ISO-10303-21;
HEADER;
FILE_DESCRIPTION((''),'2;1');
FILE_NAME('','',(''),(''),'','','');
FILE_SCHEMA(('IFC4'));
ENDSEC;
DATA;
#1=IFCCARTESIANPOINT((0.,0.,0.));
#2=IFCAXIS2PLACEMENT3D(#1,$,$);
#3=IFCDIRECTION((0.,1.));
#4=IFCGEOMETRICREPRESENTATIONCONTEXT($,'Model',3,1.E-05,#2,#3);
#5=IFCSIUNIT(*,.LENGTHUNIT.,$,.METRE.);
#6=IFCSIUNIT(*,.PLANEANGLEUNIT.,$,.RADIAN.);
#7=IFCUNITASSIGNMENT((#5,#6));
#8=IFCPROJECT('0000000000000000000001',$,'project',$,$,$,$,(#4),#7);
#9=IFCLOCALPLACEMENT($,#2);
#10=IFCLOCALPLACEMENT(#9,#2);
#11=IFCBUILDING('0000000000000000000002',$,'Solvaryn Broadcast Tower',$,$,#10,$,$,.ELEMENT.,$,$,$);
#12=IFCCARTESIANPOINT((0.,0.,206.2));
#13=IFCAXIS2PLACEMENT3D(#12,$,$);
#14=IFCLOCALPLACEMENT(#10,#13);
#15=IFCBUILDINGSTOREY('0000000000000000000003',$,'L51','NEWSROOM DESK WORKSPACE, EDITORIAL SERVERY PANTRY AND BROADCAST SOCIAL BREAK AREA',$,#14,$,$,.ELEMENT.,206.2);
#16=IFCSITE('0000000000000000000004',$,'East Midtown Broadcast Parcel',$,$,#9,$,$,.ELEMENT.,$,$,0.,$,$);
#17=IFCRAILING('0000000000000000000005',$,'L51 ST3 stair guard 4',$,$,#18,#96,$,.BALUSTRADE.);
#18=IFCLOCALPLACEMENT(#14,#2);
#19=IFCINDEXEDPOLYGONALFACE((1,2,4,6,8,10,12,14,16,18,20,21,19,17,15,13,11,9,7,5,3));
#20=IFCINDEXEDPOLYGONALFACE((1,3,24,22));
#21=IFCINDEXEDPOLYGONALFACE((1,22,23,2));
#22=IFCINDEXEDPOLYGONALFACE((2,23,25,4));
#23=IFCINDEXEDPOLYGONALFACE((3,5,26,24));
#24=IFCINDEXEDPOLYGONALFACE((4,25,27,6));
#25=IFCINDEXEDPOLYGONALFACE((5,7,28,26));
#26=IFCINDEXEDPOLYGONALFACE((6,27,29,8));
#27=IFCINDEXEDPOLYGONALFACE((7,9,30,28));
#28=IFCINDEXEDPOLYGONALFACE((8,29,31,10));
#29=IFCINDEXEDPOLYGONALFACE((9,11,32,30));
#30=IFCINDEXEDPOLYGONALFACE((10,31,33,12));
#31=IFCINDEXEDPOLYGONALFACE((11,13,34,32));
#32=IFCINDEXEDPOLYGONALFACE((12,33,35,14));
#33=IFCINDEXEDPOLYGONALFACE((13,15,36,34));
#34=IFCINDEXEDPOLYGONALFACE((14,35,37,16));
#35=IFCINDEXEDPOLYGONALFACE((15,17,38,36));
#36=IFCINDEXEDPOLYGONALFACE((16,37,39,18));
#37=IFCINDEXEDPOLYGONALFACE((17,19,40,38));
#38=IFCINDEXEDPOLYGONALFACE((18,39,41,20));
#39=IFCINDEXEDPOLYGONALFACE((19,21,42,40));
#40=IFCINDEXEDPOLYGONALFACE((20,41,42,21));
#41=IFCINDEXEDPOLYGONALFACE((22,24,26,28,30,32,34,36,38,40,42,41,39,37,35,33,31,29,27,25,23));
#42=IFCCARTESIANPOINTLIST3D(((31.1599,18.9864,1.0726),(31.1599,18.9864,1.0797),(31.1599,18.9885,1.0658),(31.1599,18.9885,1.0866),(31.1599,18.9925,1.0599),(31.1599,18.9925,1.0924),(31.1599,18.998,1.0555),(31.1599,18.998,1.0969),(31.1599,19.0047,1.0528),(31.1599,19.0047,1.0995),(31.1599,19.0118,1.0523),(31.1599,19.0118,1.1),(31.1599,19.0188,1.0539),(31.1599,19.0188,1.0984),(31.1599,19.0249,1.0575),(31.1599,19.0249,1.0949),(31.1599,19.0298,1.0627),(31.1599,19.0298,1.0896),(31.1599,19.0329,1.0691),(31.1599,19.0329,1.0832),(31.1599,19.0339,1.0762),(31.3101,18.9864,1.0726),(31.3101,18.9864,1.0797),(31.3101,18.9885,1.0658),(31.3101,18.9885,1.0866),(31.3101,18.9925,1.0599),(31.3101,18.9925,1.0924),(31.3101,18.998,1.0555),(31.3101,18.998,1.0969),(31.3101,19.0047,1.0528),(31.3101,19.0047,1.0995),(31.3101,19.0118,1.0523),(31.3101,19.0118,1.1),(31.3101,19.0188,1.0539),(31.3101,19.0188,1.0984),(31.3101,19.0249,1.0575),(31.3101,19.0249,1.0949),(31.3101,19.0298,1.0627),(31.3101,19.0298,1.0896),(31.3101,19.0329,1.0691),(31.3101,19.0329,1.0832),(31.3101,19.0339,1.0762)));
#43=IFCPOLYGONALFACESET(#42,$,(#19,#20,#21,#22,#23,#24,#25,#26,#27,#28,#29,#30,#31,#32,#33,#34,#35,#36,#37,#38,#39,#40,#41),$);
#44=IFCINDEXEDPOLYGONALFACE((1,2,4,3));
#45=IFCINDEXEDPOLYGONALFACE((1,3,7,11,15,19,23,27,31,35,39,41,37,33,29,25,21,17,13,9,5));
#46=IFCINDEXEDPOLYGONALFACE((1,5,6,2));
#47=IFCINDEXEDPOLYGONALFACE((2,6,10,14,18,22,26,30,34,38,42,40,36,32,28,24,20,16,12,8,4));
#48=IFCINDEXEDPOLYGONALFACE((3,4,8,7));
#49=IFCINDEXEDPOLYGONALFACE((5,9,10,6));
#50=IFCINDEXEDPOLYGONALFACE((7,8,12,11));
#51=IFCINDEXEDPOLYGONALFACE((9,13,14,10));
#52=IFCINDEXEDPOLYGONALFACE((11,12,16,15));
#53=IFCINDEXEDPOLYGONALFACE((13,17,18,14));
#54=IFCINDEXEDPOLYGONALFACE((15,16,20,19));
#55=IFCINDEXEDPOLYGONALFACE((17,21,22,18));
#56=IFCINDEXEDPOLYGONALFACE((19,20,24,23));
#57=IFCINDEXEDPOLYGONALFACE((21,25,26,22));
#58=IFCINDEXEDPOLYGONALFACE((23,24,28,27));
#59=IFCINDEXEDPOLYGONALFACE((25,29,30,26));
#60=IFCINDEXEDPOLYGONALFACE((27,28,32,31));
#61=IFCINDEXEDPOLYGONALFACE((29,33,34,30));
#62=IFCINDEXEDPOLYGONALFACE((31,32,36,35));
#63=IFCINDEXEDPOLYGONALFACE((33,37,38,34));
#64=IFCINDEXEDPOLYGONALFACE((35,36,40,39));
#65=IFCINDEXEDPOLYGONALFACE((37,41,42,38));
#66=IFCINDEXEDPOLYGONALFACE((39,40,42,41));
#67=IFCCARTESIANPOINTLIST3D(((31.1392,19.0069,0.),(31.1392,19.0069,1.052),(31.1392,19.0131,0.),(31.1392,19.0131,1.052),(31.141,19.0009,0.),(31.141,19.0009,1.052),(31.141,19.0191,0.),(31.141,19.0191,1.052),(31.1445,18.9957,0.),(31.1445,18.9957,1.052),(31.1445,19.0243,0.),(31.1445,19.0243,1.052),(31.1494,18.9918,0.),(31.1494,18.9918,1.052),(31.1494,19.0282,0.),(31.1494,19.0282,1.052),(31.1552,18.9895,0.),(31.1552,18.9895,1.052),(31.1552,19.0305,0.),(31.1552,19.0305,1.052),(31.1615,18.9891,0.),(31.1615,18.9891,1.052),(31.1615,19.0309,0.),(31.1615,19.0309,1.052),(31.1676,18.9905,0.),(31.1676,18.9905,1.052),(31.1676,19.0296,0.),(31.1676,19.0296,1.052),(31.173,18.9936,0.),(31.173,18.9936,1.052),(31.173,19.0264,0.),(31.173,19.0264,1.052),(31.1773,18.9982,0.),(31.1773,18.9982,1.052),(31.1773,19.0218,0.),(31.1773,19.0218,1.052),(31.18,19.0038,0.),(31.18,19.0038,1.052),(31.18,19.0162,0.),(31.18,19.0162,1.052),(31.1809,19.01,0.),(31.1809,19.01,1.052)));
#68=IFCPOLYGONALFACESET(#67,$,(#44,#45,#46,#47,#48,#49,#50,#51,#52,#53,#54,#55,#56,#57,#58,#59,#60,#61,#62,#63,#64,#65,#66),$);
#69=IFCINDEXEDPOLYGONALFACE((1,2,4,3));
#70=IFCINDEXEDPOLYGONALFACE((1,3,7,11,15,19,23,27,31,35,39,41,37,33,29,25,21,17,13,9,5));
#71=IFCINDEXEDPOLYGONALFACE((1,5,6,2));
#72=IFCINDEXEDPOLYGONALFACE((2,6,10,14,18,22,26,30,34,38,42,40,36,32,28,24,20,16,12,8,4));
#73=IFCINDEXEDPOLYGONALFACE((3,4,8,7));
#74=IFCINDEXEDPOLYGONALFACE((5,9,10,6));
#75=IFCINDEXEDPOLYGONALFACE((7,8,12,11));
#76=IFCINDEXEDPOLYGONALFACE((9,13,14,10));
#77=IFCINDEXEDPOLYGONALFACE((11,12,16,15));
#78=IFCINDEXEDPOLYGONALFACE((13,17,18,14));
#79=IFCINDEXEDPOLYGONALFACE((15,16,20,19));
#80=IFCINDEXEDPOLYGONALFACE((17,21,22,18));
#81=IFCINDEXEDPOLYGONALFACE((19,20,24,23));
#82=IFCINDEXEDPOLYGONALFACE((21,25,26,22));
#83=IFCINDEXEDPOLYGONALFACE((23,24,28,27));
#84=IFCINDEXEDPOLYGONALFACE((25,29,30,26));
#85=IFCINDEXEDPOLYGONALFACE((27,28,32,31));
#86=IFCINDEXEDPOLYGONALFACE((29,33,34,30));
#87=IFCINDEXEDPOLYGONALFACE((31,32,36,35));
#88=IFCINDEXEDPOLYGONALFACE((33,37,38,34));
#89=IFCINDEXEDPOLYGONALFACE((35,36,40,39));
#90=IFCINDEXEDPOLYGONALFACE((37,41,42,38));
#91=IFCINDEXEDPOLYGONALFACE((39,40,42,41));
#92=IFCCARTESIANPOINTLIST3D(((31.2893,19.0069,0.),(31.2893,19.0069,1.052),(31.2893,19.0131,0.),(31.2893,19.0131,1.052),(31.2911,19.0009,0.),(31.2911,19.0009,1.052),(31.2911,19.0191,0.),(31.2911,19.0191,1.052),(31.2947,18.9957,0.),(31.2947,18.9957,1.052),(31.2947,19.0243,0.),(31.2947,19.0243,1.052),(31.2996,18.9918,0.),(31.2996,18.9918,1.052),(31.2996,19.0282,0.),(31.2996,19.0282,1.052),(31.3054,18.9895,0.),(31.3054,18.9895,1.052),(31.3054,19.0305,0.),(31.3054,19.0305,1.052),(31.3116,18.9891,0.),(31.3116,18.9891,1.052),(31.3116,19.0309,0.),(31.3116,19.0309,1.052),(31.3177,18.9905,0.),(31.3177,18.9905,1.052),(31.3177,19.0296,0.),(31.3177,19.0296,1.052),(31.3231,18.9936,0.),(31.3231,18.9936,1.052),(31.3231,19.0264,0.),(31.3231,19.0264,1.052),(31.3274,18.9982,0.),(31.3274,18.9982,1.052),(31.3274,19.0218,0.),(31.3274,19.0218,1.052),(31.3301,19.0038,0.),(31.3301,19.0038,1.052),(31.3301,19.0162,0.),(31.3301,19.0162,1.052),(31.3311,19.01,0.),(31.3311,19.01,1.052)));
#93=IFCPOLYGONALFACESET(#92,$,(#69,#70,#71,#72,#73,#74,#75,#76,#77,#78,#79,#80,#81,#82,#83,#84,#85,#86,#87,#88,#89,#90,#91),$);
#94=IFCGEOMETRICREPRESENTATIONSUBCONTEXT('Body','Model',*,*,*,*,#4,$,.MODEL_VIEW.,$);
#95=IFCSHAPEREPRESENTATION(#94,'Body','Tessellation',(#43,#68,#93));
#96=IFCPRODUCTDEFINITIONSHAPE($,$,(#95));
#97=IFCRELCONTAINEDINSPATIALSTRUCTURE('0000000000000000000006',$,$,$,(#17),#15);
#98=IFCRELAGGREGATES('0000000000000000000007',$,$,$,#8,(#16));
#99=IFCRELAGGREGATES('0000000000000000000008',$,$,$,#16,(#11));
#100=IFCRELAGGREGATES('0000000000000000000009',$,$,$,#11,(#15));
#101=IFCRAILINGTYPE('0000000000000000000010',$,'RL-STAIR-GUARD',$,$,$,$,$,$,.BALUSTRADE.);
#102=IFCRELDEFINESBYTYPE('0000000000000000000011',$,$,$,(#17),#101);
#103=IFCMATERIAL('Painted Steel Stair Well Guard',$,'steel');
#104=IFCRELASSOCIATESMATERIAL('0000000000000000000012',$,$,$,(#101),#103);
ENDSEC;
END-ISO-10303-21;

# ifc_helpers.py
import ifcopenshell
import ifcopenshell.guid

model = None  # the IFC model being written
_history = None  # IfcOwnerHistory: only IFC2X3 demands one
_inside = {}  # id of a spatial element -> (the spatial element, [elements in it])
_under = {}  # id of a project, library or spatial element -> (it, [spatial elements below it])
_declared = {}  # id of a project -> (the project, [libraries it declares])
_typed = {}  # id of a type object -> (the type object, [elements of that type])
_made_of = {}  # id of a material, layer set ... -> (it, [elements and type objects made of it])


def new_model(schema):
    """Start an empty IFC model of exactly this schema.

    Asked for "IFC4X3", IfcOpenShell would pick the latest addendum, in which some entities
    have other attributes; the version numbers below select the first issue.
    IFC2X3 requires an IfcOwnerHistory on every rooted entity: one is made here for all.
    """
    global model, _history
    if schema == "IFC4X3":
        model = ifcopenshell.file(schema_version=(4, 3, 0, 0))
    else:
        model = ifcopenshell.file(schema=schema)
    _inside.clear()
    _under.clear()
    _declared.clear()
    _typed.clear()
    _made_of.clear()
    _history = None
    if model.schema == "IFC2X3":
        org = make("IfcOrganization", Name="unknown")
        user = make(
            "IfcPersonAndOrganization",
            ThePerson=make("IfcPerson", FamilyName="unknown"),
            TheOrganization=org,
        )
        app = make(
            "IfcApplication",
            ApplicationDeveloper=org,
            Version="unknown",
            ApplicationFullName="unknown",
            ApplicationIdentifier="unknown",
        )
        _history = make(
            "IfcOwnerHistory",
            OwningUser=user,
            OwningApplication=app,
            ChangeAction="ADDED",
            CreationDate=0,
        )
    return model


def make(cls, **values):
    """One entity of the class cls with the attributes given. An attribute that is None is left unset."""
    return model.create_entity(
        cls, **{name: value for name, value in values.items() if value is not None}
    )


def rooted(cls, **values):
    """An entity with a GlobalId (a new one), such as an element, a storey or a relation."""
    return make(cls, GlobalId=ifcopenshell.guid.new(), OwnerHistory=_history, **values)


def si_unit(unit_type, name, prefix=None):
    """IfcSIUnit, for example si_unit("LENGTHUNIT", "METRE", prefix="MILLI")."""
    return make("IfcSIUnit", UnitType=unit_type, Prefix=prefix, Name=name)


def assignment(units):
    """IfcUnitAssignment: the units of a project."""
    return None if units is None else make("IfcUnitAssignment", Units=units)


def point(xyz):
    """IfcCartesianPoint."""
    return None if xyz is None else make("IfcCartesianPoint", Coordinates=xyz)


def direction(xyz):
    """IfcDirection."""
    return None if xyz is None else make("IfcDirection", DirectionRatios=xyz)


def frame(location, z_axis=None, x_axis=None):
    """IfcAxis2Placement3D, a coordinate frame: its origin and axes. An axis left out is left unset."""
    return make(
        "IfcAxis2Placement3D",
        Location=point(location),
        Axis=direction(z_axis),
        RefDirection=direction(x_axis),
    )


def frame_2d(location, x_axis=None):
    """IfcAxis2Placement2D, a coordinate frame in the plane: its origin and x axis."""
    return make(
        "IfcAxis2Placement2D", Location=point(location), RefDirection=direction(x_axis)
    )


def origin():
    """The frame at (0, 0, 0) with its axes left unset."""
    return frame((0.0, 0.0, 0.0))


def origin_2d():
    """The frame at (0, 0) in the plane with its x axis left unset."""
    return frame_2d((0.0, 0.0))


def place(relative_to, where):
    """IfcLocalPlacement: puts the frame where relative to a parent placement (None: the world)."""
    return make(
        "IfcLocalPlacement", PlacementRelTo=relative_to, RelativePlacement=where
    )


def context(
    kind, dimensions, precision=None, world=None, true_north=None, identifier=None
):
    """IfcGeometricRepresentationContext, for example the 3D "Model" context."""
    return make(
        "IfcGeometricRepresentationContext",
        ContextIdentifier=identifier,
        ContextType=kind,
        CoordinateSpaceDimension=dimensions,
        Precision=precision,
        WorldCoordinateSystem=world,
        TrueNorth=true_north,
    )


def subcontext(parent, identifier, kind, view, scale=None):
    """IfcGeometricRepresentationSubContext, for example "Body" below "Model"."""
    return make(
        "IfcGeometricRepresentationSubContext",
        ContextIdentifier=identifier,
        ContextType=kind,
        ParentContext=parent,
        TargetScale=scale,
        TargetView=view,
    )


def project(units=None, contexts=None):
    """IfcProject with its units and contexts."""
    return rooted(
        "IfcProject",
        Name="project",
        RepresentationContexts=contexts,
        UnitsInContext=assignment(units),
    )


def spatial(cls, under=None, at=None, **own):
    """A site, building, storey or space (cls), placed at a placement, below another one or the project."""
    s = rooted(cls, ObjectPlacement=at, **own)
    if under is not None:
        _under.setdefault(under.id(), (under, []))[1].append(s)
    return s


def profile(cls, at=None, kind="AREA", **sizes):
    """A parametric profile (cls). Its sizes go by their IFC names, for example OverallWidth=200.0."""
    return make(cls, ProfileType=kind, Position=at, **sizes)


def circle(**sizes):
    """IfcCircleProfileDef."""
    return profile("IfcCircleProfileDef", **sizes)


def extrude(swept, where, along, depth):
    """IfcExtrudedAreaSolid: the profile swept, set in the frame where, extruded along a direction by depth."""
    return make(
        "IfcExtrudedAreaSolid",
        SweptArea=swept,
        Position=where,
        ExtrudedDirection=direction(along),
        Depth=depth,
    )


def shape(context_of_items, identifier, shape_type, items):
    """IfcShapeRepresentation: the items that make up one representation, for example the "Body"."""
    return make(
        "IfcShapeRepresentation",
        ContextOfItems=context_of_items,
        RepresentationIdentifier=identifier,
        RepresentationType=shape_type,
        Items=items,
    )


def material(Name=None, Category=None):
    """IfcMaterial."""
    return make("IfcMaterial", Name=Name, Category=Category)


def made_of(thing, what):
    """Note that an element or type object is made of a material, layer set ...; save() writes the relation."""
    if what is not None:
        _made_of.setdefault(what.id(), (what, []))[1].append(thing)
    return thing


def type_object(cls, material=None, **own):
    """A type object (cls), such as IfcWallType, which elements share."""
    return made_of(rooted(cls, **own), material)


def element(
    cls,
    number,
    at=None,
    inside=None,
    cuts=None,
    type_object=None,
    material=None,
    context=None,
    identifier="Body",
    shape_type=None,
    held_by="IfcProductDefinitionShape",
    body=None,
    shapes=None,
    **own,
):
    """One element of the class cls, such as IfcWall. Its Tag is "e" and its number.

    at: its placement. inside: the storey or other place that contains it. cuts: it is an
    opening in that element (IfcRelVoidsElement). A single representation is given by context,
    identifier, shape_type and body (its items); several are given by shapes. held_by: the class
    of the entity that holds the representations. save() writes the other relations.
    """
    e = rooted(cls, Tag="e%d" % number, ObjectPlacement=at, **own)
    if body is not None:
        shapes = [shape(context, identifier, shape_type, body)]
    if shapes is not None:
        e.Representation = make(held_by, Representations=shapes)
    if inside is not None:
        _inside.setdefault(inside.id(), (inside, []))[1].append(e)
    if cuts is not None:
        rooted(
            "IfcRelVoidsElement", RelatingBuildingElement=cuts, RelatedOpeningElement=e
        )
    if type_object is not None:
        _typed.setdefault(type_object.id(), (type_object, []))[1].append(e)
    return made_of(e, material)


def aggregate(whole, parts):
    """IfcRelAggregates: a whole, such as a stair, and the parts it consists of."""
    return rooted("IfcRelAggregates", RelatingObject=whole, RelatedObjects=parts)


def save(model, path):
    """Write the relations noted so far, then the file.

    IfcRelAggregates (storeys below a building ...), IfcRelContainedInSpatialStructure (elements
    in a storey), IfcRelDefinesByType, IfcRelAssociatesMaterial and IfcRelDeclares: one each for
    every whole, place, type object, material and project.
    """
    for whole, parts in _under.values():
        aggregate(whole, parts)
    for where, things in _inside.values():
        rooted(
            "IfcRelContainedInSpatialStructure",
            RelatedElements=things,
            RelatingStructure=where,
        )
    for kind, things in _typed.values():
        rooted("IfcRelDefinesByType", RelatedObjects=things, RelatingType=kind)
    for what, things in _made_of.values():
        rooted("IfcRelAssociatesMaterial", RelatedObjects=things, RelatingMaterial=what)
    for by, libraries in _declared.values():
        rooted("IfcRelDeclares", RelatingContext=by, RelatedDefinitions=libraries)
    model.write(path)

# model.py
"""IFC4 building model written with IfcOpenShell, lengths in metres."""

from ifc_helpers import new_model, si_unit, direction, frame, origin, origin_2d, place, context, subcontext, project, spatial, circle, extrude, material, type_object, element, save


model = new_model("IFC4")

# Units and contexts
model_context = context("Model", 3, precision=1e-05, world=origin(), true_north=direction((0.0, 1.0)))
body_context = subcontext(model_context, "Body", "Model", "MODEL_VIEW")
ifc_project = project(units=[si_unit("LENGTHUNIT", "METRE"), si_unit("PLANEANGLEUNIT", "RADIAN")], contexts=[model_context])

# Site, building, storey
site_placement = place(None, origin())
site = spatial("IfcSite", under=ifc_project, at=site_placement, Name="East Midtown Broadcast Parcel", CompositionType="ELEMENT", RefElevation=0.0)
building_placement = place(site_placement, origin())
building = spatial("IfcBuilding", under=site, at=building_placement, Name="Solvaryn Broadcast Tower", CompositionType="ELEMENT")
storey_placement = place(building_placement, frame((0.0, 0.0, 206.2)))
storey = spatial("IfcBuildingStorey", under=building, at=storey_placement, Name="L51", Description="NEWSROOM DESK WORKSPACE, EDITORIAL SERVERY PANTRY AND BROADCAST SOCIAL BREAK AREA", CompositionType="ELEMENT", Elevation=206.2)

# Railing
ifc_material_1 = material(Name="Painted Steel Stair Well Guard", Category="steel")
railing_type_1 = type_object("IfcRailingType", Name="RL-STAIR-GUARD", PredefinedType="BALUSTRADE", material=ifc_material_1)
railing_1_placement = place(storey_placement, frame((31.1599, 19.01, 0.0)))
element("IfcRailing", 1, at=railing_1_placement, inside=storey, type_object=railing_type_1, Name="L51 ST3 stair guard 4", PredefinedType="BALUSTRADE", context=body_context, shape_type="SweptSolid", body=[
    extrude(circle(Radius=0.0239, at=origin_2d()), frame((0.0, 0.0, 1.0762), z_axis=(1.0, 0.0, 0.0), x_axis=(0.0, 1.0, 0.0)), (0.0, 0.0, 1.0), 0.1501),
    extrude(circle(Radius=0.021, at=origin_2d()), origin(), (0.0, 0.0, 1.0), 1.052),
    extrude(circle(Radius=0.021, at=origin_2d()), frame((0.1501, 0.0, 0.0)), (0.0, 0.0, 1.0), 1.052),
])

save(model, "model.ifc")
